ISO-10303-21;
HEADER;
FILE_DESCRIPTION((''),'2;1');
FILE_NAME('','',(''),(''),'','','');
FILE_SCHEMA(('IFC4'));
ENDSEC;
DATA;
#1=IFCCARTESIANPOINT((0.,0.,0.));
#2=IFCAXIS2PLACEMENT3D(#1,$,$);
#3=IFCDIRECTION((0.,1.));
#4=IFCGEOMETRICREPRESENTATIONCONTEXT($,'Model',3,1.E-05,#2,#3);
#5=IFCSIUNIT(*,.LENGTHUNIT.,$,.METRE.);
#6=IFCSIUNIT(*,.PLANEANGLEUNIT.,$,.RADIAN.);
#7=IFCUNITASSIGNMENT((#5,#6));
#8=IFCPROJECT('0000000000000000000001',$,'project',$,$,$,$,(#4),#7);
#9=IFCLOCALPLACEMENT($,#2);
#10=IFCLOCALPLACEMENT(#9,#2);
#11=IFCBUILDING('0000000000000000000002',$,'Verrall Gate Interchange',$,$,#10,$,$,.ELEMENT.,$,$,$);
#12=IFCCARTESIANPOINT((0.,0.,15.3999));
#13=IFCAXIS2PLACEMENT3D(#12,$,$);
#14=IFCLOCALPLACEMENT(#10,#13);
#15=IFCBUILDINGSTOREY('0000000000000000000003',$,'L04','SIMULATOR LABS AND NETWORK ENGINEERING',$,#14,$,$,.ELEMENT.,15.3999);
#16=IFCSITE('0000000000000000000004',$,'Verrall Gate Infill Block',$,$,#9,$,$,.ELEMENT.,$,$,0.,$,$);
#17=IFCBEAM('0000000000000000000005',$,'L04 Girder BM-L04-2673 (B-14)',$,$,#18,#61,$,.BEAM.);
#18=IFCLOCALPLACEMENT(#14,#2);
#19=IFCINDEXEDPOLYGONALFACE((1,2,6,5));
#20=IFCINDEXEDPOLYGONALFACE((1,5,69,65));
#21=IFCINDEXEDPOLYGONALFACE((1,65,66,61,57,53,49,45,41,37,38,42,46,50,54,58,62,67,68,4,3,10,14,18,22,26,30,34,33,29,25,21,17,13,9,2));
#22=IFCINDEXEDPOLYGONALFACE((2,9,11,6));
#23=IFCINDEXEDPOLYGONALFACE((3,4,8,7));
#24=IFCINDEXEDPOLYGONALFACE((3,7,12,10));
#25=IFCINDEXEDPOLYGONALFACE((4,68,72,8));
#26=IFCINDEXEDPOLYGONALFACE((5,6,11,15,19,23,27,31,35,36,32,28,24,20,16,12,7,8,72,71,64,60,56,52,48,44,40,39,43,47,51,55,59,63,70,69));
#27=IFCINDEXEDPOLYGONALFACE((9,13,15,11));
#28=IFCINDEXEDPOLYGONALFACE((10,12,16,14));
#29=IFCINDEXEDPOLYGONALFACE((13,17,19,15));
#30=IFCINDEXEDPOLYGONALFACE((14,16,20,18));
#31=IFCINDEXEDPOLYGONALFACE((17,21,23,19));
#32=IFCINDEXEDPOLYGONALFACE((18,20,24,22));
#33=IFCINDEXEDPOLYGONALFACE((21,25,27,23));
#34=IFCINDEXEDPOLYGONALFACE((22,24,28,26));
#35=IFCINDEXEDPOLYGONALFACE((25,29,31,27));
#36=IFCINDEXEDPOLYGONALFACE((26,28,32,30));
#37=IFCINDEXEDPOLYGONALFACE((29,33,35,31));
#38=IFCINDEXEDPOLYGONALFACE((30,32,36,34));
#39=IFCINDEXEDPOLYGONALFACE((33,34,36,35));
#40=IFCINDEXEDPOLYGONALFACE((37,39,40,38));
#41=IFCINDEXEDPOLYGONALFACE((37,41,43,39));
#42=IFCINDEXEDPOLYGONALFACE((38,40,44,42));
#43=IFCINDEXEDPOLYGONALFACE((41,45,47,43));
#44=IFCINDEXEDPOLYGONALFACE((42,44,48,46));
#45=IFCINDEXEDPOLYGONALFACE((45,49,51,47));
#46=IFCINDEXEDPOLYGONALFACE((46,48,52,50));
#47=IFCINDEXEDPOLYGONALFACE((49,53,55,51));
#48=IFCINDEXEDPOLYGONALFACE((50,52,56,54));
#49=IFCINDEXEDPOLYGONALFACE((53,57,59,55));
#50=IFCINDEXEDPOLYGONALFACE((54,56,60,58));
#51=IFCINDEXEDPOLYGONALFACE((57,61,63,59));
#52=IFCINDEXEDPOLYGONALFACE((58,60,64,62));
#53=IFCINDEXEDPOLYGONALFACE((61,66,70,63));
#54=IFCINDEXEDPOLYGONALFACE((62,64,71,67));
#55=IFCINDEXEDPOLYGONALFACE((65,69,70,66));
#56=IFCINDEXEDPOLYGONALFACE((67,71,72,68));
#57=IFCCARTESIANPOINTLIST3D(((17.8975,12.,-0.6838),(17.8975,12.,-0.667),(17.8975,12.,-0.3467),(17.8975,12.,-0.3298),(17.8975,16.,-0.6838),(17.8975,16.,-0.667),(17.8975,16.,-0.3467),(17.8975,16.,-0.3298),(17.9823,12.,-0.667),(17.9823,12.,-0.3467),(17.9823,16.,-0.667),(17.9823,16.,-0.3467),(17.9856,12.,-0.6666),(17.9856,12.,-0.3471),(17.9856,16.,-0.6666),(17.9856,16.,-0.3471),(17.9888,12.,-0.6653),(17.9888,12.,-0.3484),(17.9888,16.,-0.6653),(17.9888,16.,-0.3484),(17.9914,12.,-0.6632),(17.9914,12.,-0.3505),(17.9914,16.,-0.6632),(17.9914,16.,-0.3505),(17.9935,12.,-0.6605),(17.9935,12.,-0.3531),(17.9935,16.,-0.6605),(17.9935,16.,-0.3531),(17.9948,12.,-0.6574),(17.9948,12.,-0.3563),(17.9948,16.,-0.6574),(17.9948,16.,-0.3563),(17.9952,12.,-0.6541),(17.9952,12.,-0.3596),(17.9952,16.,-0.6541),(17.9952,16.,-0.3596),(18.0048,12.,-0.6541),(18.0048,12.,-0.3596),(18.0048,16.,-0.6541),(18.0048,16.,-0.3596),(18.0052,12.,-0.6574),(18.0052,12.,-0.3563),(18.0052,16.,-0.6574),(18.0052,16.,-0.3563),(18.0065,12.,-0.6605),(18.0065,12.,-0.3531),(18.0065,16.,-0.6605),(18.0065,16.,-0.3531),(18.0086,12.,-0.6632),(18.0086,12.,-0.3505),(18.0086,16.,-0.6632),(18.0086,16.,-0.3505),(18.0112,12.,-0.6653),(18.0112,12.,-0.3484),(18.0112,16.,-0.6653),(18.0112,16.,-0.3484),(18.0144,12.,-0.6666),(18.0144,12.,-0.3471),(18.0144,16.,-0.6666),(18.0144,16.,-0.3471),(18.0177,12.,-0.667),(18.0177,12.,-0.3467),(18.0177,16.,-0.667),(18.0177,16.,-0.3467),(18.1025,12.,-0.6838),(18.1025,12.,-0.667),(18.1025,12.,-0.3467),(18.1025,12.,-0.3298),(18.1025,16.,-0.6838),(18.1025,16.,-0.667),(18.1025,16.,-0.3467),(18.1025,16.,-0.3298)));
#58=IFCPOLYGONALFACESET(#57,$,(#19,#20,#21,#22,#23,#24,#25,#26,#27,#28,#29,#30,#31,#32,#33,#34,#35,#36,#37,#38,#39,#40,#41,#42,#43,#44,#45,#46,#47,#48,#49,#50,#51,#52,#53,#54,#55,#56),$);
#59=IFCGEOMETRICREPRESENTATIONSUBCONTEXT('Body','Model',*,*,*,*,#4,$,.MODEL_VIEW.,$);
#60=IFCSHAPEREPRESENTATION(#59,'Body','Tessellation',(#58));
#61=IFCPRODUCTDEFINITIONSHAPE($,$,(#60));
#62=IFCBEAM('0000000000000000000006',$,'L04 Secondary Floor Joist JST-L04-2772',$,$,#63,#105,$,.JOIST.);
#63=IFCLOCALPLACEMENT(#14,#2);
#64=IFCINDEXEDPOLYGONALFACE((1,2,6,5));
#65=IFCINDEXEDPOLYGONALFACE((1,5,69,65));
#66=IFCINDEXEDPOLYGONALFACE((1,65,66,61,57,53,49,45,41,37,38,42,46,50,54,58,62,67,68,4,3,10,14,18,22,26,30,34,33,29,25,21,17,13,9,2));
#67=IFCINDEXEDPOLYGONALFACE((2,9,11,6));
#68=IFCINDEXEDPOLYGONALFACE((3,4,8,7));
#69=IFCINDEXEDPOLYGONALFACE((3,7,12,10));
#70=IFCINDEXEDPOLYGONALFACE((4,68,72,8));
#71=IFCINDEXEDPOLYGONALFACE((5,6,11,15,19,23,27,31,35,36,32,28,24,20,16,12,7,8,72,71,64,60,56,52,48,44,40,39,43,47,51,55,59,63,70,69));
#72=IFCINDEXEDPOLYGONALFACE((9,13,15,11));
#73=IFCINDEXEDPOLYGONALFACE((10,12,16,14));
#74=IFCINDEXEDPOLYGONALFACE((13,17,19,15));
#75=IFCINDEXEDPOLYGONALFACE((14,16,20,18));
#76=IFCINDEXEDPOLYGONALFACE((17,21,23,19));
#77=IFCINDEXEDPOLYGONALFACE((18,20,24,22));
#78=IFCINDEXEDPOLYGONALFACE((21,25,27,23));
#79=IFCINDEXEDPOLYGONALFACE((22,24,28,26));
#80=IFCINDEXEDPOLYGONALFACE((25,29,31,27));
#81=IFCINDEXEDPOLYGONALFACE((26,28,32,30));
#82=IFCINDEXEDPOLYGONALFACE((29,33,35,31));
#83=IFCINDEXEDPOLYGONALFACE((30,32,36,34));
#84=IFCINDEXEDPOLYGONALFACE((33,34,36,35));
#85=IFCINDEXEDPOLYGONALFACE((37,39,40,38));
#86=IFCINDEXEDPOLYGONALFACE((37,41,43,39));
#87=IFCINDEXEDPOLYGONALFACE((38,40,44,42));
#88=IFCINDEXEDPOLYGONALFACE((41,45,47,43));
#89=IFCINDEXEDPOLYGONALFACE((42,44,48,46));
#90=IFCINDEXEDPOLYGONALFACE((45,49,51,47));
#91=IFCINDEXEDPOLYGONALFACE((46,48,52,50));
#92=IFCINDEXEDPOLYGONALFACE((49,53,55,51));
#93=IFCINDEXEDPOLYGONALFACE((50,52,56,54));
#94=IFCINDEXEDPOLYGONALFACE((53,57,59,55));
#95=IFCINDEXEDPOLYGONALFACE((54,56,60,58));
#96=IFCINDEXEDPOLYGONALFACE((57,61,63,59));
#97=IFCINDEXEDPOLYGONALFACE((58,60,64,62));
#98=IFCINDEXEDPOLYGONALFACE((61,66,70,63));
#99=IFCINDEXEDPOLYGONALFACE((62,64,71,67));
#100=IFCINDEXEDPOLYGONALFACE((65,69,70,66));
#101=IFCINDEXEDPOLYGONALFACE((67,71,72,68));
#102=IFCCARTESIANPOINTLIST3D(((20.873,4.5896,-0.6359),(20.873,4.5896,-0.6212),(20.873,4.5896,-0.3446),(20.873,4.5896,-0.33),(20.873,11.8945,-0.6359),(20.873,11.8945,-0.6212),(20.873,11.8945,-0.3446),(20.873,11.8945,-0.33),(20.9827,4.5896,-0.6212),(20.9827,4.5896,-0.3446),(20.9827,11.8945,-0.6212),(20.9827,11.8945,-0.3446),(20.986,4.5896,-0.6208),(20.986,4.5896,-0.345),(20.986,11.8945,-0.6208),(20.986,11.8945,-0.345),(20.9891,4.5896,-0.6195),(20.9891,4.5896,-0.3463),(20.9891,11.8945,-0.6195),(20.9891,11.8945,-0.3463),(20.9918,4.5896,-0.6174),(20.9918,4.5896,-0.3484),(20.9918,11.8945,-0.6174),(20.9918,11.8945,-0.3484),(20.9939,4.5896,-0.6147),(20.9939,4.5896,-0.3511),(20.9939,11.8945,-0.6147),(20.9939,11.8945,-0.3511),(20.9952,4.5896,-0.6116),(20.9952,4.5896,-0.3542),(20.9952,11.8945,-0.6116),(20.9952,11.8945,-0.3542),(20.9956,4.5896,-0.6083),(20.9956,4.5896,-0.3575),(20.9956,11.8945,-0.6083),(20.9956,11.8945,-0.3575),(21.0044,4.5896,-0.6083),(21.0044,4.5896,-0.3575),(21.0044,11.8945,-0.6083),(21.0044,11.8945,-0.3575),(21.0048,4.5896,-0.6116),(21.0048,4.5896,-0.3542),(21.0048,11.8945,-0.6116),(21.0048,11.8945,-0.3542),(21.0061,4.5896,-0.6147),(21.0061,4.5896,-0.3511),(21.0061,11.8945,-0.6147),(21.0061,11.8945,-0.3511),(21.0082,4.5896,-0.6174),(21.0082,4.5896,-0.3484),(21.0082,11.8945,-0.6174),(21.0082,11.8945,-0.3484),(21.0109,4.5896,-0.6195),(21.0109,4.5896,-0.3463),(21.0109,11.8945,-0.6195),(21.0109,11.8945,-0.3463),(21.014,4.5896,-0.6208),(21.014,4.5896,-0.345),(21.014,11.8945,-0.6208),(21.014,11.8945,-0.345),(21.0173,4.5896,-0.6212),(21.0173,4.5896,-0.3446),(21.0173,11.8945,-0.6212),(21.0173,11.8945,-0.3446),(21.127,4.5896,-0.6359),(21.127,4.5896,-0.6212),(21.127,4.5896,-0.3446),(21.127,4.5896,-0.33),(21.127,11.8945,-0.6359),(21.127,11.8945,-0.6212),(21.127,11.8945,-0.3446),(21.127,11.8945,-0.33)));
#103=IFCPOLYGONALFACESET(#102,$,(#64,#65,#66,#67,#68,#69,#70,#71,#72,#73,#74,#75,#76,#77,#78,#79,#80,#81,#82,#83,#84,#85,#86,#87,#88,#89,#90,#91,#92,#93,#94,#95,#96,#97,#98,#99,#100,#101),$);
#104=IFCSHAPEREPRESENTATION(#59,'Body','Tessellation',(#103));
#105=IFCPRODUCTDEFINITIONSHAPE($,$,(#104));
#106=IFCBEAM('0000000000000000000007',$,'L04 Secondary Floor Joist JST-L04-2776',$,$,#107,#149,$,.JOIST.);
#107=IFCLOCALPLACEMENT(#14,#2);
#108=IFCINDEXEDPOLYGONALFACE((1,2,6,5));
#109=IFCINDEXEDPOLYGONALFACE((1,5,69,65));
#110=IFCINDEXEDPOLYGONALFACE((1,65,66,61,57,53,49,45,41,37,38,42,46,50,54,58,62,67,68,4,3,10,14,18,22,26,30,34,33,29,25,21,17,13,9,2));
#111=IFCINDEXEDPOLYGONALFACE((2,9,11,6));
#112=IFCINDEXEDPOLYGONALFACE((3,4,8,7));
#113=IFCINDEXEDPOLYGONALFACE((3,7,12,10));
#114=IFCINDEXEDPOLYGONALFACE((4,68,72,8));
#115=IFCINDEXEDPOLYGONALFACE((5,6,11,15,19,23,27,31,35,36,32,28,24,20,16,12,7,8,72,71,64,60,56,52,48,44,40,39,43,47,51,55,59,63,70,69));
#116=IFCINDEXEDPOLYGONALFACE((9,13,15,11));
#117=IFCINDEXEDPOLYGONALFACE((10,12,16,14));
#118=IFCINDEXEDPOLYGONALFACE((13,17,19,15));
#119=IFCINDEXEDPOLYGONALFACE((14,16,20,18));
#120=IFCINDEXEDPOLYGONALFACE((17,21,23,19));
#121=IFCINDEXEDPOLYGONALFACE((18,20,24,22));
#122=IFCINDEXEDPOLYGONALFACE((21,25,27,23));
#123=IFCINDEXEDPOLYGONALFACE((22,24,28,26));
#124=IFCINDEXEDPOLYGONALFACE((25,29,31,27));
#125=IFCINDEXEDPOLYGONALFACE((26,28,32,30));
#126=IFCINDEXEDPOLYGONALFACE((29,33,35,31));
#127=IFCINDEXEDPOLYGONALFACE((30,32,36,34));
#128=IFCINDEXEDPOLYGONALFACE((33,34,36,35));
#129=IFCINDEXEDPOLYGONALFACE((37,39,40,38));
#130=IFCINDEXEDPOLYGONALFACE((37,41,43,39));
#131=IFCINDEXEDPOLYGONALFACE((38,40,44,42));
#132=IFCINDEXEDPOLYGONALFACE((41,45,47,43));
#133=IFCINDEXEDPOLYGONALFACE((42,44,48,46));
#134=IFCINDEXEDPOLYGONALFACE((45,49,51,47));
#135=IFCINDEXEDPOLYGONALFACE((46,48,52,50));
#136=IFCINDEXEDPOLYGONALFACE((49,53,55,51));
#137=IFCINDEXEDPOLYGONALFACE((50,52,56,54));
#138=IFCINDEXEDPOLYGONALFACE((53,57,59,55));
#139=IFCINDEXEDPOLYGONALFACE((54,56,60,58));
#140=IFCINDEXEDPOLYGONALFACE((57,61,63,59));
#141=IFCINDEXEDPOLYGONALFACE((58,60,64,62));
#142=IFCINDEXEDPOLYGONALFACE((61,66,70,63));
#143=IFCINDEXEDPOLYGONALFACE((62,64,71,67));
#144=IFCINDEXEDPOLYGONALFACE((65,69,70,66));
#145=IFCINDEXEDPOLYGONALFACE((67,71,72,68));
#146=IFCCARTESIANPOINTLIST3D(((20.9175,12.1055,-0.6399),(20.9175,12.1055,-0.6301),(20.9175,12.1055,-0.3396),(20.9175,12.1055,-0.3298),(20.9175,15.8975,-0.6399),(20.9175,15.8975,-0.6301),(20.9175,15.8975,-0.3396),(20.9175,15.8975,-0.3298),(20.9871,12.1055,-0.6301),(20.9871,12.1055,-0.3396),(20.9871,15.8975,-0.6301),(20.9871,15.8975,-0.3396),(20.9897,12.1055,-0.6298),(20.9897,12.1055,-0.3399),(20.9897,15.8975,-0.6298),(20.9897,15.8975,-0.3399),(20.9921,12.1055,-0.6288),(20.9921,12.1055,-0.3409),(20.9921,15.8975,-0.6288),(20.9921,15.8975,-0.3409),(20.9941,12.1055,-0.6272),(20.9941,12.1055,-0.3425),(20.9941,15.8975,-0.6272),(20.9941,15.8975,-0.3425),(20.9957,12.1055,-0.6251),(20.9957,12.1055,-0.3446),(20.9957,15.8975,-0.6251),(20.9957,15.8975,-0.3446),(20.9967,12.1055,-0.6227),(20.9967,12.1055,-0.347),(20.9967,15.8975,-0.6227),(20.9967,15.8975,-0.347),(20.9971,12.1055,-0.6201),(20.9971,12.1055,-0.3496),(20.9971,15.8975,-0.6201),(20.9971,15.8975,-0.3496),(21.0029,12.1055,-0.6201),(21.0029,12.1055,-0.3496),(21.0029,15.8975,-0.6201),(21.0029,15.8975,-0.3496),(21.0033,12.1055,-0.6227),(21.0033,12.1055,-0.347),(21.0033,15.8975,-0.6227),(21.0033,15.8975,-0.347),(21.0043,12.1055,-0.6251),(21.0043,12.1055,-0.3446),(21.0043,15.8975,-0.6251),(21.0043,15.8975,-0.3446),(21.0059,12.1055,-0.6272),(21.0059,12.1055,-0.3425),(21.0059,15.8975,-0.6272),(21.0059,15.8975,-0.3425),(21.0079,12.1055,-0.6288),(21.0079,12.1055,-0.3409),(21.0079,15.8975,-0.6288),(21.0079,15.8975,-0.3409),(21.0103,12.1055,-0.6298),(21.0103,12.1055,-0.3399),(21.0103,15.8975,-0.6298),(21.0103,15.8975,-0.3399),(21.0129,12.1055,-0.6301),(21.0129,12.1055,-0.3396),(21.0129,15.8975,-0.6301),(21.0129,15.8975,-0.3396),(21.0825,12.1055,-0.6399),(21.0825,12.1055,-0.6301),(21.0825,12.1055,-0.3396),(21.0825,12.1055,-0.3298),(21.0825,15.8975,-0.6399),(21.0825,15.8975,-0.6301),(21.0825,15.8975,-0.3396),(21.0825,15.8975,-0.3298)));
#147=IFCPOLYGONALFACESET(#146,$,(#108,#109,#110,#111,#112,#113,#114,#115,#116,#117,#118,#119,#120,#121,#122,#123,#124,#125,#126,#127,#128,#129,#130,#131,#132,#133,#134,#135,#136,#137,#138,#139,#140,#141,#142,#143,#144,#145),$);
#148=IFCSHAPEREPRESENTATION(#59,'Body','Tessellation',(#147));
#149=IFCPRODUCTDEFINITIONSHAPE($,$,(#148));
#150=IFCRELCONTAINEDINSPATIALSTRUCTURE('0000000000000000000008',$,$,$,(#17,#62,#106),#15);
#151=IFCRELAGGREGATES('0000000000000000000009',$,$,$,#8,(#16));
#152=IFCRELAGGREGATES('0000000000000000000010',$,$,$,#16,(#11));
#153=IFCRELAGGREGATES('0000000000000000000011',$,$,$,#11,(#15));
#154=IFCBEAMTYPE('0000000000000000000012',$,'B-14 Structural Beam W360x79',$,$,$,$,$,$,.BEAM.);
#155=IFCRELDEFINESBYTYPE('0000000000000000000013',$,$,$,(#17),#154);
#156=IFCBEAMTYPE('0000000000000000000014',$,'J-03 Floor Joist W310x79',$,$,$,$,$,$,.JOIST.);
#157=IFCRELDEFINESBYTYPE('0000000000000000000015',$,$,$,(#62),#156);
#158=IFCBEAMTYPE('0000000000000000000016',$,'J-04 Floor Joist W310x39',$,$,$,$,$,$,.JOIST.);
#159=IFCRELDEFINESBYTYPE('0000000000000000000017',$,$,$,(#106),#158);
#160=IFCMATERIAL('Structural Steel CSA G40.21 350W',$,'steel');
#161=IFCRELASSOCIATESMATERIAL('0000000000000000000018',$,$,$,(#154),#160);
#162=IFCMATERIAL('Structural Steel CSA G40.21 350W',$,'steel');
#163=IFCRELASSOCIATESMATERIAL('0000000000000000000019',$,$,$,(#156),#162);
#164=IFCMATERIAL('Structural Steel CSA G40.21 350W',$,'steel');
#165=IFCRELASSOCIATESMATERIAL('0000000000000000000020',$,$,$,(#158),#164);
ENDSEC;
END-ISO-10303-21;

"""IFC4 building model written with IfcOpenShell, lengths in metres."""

from ifc_helpers import new_model, si_unit, direction, frame, origin, origin_2d, place, context, subcontext, project, spatial, i_section, extrude, material, material_profile, profile_set, type_object, element, save


model = new_model("IFC4")

# Units and contexts
model_context = context("Model", 3, precision=1e-05, world=origin(), true_north=direction((0.0, 1.0)))
body_context = subcontext(model_context, "Body", "Model", "MODEL_VIEW")
ifc_project = project(units=[si_unit("LENGTHUNIT", "METRE"), si_unit("PLANEANGLEUNIT", "RADIAN")], contexts=[model_context])

# Site, building, storey
site_placement = place(None, origin())
site = spatial("IfcSite", under=ifc_project, at=site_placement, Name="Verrall Gate Infill Block", CompositionType="ELEMENT", RefElevation=0.0)
building_placement = place(site_placement, origin())
building = spatial("IfcBuilding", under=site, at=building_placement, Name="Verrall Gate Interchange", CompositionType="ELEMENT")
storey_placement = place(building_placement, frame((0.0, 0.0, 15.3999)))
storey = spatial("IfcBuildingStorey", under=building, at=storey_placement, Name="L04", Description="SIMULATOR LABS AND NETWORK ENGINEERING", CompositionType="ELEMENT", Elevation=15.3999)

# Beams
ifc_material_1 = material(Name="Structural Steel CSA G40.21 350W", Category="steel")
ifc_material_profile_1 = material_profile(ifc_material_1, i_section(OverallWidth=0.2051, OverallDepth=0.354, WebThickness=0.0095, FlangeThickness=0.0168, FilletRadius=0.0129, at=origin_2d()), Name="W360x79")
ifc_profile_set_1 = profile_set([ifc_material_profile_1], Name="Structural Steel CSA G40.21 350W")
beam_type_1 = type_object("IfcBeamType", Name="B-14 Structural Beam W360x79", PredefinedType="BEAM", material=ifc_profile_set_1)
beam_1_placement = place(storey_placement, frame((18.0, 12.0, -0.5068), z_axis=(0.0, 1.0, 0.0), x_axis=(-1.0, 0.0, 0.0)))
element("IfcBeam", 1, at=beam_1_placement, inside=storey, type_object=beam_type_1, Name="L04 Girder BM-L04-2673 (B-14)", PredefinedType="BEAM", context=body_context, shape_type="SweptSolid", body=[
    extrude(i_section(OverallWidth=0.2051, OverallDepth=0.354, WebThickness=0.0095, FlangeThickness=0.0168, FilletRadius=0.0129, at=origin_2d()), origin(), (0.0, 0.0, 1.0), 4.0),
])
ifc_material_2 = material(Name="Structural Steel CSA G40.21 350W", Category="steel")
ifc_material_profile_2 = material_profile(ifc_material_2, i_section(OverallWidth=0.2539, OverallDepth=0.3059, WebThickness=0.0088, FlangeThickness=0.0146, FilletRadius=0.0129, at=origin_2d()), Name="W310x79")
ifc_profile_set_2 = profile_set([ifc_material_profile_2], Name="Structural Steel CSA G40.21 350W")
beam_type_2 = type_object("IfcBeamType", Name="J-03 Floor Joist W310x79", PredefinedType="JOIST", material=ifc_profile_set_2)
beam_2_placement = place(storey_placement, frame((21.0, 4.5896, -0.4829), z_axis=(0.0, 1.0, 0.0), x_axis=(-1.0, 0.0, 0.0)))
element("IfcBeam", 2, at=beam_2_placement, inside=storey, type_object=beam_type_2, Name="L04 Secondary Floor Joist JST-L04-2772", PredefinedType="JOIST", context=body_context, shape_type="SweptSolid", body=[
    extrude(i_section(OverallWidth=0.2539, OverallDepth=0.3059, WebThickness=0.0088, FlangeThickness=0.0146, FilletRadius=0.0129, at=origin_2d()), origin(), (0.0, 0.0, 1.0), 7.3049),
])
ifc_material_3 = material(Name="Structural Steel CSA G40.21 350W", Category="steel")
ifc_material_profile_3 = material_profile(ifc_material_3, i_section(OverallWidth=0.165, OverallDepth=0.3101, WebThickness=0.0059, FlangeThickness=0.0098, FilletRadius=0.01, at=origin_2d()), Name="W310x39")
ifc_profile_set_3 = profile_set([ifc_material_profile_3], Name="Structural Steel CSA G40.21 350W")
beam_type_3 = type_object("IfcBeamType", Name="J-04 Floor Joist W310x39", PredefinedType="JOIST", material=ifc_profile_set_3)
beam_3_placement = place(storey_placement, frame((21.0, 12.1055, -0.4849), z_axis=(0.0, 1.0, 0.0), x_axis=(-1.0, 0.0, 0.0)))
element("IfcBeam", 3, at=beam_3_placement, inside=storey, type_object=beam_type_3, Name="L04 Secondary Floor Joist JST-L04-2776", PredefinedType="JOIST", context=body_context, shape_type="SweptSolid", body=[
    extrude(i_section(OverallWidth=0.165, OverallDepth=0.3101, WebThickness=0.0059, FlangeThickness=0.0098, FilletRadius=0.01, at=origin_2d()), origin(), (0.0, 0.0, 1.0), 3.792),
])

save(model, "model.ifc")
